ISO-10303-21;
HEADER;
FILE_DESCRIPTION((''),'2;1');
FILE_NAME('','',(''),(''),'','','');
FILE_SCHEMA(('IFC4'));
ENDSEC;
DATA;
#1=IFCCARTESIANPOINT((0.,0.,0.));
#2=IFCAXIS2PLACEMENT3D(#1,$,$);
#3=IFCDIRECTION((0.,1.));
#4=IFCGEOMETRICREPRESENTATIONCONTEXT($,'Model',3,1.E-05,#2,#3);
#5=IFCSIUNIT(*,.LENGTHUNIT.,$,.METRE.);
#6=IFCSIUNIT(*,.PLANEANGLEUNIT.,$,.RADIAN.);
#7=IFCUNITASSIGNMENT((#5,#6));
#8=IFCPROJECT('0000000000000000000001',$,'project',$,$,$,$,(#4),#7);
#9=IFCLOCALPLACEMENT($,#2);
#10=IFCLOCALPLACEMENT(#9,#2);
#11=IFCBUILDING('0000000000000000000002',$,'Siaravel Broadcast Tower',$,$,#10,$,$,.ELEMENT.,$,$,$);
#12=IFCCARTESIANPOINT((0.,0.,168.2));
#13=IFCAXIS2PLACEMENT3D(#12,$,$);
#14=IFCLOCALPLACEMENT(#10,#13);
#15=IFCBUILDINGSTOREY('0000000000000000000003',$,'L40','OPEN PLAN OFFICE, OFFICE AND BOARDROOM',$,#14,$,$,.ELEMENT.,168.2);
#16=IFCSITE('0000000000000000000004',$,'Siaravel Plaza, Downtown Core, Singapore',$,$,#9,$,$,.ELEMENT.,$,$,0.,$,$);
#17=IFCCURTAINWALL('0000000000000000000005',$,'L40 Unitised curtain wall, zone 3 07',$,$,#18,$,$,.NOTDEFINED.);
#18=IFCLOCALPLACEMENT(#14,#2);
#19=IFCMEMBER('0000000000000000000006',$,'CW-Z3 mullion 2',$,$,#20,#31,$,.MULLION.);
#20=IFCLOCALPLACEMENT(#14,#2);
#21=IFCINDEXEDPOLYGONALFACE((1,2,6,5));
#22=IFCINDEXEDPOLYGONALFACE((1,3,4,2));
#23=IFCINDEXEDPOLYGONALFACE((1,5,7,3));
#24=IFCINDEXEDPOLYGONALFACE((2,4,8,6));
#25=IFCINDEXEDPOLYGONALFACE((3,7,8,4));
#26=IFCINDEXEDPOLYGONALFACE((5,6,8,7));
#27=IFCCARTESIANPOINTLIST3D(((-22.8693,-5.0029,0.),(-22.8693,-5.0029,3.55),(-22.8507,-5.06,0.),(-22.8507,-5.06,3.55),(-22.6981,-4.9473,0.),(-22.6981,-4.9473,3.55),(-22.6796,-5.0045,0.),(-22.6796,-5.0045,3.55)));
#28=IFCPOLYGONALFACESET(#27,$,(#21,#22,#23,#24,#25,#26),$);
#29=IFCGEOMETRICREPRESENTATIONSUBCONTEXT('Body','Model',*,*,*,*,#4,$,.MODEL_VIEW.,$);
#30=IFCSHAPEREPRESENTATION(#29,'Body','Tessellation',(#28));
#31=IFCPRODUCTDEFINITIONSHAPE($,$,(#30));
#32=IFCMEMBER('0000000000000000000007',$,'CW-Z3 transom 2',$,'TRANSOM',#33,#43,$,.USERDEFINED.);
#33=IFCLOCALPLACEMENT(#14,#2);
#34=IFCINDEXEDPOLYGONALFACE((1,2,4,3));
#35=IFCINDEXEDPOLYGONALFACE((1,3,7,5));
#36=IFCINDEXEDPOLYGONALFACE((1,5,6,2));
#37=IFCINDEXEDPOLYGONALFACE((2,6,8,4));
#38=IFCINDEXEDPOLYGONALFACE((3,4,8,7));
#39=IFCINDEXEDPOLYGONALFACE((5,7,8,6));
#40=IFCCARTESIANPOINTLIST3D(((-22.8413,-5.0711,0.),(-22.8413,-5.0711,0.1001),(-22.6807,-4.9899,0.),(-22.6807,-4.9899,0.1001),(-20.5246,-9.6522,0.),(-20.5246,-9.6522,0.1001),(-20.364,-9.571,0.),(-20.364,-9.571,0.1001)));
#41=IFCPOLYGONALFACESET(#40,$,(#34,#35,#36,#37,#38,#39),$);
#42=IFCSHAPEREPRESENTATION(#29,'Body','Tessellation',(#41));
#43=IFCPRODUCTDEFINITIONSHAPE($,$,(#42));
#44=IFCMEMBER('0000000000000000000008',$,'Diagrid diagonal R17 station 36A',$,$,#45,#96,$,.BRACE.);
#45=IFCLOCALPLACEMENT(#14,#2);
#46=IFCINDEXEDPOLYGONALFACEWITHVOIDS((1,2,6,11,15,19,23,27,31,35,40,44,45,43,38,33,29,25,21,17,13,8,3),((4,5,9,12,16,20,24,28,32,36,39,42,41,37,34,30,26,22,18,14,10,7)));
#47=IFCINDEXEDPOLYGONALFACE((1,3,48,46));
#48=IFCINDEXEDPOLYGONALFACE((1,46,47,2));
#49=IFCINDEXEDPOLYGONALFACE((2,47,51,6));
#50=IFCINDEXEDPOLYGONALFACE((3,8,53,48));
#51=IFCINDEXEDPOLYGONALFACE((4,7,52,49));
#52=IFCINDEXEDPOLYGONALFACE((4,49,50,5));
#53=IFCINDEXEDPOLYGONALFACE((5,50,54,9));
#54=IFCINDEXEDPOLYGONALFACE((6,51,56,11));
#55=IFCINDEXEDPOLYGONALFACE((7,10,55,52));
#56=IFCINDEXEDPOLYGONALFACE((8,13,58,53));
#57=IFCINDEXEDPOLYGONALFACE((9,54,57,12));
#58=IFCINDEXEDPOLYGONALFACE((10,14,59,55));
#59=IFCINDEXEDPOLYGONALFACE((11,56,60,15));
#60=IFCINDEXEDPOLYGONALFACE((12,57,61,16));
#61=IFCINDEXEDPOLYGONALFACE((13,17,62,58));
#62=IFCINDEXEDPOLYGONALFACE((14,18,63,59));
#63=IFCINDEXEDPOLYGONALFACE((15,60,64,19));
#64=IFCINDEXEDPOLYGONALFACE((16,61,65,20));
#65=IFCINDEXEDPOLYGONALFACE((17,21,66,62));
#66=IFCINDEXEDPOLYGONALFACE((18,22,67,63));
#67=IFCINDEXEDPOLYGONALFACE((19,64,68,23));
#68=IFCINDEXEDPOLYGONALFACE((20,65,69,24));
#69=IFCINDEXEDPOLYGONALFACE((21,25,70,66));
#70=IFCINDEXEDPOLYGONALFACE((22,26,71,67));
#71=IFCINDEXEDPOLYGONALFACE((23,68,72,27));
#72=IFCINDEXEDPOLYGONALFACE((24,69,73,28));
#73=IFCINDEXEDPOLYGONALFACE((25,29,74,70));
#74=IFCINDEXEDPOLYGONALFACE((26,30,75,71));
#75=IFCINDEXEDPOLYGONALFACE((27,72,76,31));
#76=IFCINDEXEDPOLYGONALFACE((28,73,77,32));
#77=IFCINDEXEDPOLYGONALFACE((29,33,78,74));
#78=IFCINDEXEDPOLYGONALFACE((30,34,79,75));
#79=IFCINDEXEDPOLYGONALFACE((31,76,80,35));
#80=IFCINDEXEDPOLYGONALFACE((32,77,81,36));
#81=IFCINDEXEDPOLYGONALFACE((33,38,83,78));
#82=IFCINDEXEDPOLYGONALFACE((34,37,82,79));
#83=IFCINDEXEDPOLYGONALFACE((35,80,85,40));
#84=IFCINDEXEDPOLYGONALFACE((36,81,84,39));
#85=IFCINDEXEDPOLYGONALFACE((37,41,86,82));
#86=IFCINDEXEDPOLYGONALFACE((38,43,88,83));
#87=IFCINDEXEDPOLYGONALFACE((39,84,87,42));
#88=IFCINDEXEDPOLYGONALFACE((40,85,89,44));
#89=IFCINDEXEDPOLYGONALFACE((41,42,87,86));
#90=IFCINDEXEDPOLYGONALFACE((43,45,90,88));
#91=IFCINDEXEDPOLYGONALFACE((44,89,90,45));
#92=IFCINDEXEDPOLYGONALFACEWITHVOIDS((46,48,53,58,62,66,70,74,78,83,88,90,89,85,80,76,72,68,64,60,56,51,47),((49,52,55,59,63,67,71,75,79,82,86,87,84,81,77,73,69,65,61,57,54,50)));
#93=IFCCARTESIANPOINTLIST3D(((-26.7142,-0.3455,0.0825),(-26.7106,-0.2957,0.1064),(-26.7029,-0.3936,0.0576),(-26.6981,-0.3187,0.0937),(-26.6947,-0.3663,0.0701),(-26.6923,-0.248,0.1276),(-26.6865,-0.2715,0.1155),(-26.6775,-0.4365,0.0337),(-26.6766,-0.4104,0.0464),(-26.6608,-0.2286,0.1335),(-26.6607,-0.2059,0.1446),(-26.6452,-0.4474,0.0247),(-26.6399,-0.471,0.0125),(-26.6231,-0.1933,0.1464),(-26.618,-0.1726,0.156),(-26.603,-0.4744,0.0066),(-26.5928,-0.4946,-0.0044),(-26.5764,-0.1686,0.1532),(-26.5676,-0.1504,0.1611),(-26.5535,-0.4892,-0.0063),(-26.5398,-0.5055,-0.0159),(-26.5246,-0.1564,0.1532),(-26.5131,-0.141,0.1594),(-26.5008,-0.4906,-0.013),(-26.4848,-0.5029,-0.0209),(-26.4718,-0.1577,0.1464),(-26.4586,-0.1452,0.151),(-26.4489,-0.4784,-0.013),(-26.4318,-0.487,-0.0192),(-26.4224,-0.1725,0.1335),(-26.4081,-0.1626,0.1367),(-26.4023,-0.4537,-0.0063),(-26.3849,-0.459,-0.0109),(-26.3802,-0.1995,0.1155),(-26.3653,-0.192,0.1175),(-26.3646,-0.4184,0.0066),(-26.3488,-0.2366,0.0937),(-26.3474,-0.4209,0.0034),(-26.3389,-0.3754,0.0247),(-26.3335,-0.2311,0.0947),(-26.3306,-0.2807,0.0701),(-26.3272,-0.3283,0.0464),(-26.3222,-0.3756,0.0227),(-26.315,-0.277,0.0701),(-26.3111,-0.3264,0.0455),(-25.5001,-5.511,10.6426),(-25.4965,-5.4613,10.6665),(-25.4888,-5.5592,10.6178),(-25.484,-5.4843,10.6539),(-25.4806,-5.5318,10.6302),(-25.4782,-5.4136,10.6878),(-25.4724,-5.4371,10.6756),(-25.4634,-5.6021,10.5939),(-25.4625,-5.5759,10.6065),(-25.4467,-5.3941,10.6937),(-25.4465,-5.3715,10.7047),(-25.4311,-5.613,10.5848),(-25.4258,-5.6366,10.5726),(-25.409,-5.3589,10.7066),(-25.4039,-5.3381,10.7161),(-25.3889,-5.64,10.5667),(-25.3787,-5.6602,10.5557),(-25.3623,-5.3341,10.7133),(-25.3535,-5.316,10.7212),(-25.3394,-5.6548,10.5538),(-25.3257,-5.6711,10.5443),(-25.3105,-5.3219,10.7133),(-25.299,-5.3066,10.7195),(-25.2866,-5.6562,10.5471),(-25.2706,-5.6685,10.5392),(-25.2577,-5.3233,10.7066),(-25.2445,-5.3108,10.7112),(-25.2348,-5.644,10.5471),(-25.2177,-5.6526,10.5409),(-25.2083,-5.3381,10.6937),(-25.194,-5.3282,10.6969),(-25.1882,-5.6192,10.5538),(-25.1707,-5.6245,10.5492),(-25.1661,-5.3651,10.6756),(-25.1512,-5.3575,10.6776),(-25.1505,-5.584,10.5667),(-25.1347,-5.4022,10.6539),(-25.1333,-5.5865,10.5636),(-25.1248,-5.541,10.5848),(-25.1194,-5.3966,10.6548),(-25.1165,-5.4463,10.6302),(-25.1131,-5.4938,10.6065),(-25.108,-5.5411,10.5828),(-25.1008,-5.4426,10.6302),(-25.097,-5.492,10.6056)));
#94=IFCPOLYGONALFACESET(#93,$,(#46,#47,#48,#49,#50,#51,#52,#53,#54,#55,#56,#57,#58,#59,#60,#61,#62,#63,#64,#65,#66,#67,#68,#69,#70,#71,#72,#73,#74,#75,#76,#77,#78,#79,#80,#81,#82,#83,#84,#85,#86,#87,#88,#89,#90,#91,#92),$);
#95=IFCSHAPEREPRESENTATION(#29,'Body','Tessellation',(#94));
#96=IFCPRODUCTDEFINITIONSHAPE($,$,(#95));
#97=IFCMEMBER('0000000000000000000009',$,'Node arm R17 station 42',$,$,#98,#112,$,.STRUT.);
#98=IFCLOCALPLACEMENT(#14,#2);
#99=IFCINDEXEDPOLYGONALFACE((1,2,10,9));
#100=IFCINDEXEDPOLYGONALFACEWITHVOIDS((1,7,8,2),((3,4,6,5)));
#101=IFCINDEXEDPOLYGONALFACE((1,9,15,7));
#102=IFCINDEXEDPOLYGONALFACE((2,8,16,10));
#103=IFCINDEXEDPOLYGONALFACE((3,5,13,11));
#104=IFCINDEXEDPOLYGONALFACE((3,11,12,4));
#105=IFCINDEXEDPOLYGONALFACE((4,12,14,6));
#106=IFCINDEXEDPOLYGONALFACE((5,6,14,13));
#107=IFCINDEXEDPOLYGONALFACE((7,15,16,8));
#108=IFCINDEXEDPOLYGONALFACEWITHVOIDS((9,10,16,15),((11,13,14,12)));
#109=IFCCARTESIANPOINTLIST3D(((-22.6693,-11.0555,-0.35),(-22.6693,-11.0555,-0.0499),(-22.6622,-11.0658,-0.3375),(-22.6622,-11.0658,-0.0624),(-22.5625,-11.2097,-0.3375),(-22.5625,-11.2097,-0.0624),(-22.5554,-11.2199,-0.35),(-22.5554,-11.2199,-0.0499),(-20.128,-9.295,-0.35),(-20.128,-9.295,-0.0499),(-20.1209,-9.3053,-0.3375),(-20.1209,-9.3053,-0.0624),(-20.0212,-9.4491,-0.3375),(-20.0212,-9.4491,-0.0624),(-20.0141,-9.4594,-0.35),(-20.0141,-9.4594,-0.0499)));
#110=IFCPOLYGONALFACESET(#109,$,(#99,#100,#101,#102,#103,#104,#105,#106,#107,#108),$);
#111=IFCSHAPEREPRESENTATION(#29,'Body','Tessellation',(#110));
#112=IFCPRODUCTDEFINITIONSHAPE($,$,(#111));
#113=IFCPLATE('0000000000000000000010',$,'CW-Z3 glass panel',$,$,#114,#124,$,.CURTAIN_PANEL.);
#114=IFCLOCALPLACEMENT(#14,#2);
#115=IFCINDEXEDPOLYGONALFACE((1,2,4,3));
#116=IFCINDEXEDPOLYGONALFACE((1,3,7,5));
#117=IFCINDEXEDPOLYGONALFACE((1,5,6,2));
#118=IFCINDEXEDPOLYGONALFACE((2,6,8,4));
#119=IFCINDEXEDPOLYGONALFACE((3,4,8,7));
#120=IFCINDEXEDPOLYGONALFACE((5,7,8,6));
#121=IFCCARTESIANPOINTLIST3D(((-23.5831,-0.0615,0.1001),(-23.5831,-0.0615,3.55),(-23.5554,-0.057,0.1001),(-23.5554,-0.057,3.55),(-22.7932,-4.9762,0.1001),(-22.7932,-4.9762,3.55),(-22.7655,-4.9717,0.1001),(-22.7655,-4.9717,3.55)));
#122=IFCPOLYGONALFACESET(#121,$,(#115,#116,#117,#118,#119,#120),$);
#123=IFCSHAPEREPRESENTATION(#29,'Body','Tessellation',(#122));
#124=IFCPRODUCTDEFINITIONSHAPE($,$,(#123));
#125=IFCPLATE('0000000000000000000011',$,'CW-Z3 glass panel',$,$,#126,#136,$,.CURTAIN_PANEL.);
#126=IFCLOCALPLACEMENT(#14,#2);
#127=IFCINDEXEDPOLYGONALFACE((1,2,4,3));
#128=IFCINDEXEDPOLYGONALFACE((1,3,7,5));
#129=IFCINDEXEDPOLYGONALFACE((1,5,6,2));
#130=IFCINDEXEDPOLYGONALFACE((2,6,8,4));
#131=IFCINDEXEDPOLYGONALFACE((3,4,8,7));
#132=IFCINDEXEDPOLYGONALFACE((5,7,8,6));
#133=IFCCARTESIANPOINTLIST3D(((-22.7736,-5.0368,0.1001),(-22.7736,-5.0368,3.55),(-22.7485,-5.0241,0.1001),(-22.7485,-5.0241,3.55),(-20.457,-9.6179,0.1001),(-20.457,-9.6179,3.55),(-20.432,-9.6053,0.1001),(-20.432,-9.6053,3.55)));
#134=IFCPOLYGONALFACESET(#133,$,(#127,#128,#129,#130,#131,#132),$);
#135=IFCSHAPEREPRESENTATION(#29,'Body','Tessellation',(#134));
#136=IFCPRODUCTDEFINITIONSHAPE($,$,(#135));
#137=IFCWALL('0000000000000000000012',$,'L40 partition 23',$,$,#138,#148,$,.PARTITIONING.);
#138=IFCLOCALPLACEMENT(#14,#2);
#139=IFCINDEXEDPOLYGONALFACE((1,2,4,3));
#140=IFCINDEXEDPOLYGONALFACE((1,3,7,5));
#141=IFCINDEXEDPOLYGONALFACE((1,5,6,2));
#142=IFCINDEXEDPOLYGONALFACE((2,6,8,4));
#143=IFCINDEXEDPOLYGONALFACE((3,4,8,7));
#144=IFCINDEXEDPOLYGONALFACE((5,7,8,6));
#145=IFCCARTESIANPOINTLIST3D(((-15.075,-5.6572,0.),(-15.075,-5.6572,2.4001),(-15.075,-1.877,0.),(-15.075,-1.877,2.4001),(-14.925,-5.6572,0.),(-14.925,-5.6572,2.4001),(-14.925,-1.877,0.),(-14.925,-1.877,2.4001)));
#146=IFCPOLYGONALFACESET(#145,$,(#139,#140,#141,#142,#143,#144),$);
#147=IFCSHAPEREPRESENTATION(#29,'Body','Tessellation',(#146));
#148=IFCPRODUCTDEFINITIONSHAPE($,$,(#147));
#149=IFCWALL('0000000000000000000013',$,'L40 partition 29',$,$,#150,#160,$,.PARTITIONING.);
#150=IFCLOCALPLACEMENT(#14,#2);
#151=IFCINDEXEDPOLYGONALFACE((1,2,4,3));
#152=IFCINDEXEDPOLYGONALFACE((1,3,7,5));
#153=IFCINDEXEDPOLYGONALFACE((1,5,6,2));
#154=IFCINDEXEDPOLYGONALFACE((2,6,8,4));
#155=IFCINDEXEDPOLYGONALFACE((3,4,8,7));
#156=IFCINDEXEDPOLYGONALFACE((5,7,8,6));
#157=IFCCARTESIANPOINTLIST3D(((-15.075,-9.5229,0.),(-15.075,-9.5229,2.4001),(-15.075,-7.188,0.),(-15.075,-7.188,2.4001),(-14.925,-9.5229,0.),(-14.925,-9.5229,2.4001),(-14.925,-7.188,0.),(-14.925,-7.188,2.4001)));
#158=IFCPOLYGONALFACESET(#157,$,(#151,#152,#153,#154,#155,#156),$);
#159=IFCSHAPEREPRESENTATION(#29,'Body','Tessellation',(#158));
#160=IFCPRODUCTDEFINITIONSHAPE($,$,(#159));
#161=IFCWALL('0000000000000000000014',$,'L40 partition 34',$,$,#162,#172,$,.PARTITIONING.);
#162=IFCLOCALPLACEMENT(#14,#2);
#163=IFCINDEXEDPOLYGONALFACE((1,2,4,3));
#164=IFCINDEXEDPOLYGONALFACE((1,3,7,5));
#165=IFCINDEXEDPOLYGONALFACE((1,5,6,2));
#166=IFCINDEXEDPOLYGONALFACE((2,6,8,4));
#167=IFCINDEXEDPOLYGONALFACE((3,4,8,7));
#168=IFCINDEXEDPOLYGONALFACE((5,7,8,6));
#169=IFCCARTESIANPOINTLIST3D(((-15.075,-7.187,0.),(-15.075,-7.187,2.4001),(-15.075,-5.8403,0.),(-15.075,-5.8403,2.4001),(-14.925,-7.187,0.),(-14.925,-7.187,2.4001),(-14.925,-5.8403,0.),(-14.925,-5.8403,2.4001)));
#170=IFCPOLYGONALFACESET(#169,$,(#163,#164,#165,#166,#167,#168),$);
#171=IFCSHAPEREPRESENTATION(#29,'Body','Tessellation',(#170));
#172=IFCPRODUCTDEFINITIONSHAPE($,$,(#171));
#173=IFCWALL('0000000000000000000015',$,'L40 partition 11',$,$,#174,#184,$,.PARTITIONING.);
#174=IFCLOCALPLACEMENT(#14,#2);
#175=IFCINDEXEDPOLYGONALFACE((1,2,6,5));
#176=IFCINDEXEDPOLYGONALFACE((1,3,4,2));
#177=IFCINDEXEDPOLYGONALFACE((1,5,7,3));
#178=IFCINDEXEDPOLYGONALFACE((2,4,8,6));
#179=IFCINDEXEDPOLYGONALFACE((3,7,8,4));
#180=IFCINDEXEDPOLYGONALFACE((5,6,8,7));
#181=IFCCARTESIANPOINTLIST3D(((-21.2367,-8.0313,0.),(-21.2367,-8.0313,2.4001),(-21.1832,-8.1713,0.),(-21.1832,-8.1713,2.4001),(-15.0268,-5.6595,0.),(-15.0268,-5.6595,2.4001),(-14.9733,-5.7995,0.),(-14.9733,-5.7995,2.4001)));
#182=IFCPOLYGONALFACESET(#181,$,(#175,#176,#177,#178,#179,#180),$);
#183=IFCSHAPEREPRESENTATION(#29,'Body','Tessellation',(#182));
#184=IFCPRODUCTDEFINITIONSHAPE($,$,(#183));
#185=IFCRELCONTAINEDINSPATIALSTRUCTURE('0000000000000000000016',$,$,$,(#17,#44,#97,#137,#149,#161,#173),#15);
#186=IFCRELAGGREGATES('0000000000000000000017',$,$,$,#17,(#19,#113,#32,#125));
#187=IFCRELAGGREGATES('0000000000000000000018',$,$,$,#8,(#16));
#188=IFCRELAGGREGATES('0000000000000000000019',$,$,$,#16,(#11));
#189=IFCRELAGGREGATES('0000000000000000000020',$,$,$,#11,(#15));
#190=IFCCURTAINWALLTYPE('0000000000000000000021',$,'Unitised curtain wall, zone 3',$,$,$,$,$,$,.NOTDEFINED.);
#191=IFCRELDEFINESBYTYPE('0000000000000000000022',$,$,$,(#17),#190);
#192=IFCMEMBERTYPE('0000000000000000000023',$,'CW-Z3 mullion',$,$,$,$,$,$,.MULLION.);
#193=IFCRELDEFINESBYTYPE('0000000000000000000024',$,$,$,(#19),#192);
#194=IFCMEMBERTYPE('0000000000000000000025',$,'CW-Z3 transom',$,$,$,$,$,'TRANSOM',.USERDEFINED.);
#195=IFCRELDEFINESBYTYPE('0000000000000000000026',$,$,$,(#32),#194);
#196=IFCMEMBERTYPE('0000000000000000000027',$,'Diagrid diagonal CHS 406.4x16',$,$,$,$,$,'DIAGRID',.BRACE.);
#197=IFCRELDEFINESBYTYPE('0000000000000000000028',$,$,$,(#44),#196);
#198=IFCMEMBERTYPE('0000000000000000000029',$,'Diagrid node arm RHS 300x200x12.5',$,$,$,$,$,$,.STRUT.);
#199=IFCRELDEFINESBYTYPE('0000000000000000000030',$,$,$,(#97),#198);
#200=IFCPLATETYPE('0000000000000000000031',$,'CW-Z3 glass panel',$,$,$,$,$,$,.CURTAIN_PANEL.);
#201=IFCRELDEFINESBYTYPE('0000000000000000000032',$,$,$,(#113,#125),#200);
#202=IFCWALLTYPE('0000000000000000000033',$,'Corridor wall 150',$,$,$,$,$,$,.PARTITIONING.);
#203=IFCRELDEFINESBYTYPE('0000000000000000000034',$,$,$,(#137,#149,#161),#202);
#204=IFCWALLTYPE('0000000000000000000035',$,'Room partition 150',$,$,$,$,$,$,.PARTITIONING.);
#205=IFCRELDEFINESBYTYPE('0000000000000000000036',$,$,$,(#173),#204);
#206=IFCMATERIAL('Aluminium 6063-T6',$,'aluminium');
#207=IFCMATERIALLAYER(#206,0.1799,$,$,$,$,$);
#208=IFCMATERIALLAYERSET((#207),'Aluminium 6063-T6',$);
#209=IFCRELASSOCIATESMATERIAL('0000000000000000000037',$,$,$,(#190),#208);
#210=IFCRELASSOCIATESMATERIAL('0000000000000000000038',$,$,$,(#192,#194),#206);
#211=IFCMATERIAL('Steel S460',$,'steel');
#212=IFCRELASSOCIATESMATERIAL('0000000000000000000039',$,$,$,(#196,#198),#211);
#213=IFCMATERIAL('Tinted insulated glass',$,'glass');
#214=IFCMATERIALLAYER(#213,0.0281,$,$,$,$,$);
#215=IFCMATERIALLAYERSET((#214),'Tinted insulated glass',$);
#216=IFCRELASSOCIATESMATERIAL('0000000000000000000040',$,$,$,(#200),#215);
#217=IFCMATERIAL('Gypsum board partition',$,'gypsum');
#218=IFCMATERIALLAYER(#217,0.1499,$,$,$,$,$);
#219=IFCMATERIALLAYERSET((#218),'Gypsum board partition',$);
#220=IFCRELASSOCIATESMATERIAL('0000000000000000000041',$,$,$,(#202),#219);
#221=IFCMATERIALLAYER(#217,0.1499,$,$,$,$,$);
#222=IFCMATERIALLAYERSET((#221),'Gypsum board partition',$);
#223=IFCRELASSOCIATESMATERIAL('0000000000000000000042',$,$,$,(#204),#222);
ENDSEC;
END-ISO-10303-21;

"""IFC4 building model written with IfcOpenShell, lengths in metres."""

from ifc_helpers import new_model, si_unit, direction, frame, frame_2d, origin, origin_2d, place, context, subcontext, project, spatial, rectangle, hollow_rectangle, hollow_circle, extrude, material, layer, layer_set, material_profile, profile_set, type_object, element, aggregate, save


model = new_model("IFC4")

# Units and contexts
model_context = context("Model", 3, precision=1e-05, world=origin(), true_north=direction((0.0, 1.0)))
body_context = subcontext(model_context, "Body", "Model", "MODEL_VIEW")
ifc_project = project(units=[si_unit("LENGTHUNIT", "METRE"), si_unit("PLANEANGLEUNIT", "RADIAN")], contexts=[model_context])

# Site, building, storey
site_placement = place(None, origin())
site = spatial("IfcSite", under=ifc_project, at=site_placement, Name="Siaravel Plaza, Downtown Core, Singapore", CompositionType="ELEMENT", RefElevation=0.0)
building_placement = place(site_placement, origin())
building = spatial("IfcBuilding", under=site, at=building_placement, Name="Siaravel Broadcast Tower", CompositionType="ELEMENT")
storey_placement = place(building_placement, frame((0.0, 0.0, 168.2)))
storey = spatial("IfcBuildingStorey", under=building, at=storey_placement, Name="L40", Description="OPEN PLAN OFFICE, OFFICE AND BOARDROOM", CompositionType="ELEMENT", Elevation=168.2)

# Curtain wall, members
ifc_material_1 = material(Name="Aluminium 6063-T6", Category="aluminium")
ifc_layer_1 = layer(ifc_material_1, 0.1799)
ifc_layer_set_1 = layer_set([ifc_layer_1], Name="Aluminium 6063-T6")
curtain_wall_type = type_object("IfcCurtainWallType", Name="Unitised curtain wall, zone 3", PredefinedType="NOTDEFINED", material=ifc_layer_set_1)
curtain_wall_placement = place(storey_placement, origin())
curtain_wall = element("IfcCurtainWall", 1, at=curtain_wall_placement, inside=storey, type_object=curtain_wall_type, Name="L40 Unitised curtain wall, zone 3 07", PredefinedType="NOTDEFINED")
ifc_material_profile_1 = material_profile(ifc_material_1, rectangle(XDim=0.1799, YDim=0.0601, at=origin_2d()))
ifc_profile_set_1 = profile_set([ifc_material_profile_1], Name="Aluminium 6063-T6")
member_type_1 = type_object("IfcMemberType", Name="CW-Z3 mullion", PredefinedType="MULLION", material=ifc_profile_set_1)
member_1_placement = place(storey_placement, frame((-22.7744, -5.0037, 0.0), z_axis=(0.0, 0.0, 1.0), x_axis=(0.951177, 0.308646, 0.0)))
member_1 = element("IfcMember", 2, at=member_1_placement, type_object=member_type_1, Name="CW-Z3 mullion 2", PredefinedType="MULLION", context=body_context, shape_type="SweptSolid", body=[
    extrude(rectangle(XDim=0.1799, YDim=0.0601, at=origin_2d()), origin(), (0.0, 0.0, 1.0), 3.55),
])
ifc_material_profile_2 = material_profile(ifc_material_1, rectangle(XDim=0.1799, YDim=0.1001, at=origin_2d()))
ifc_profile_set_2 = profile_set([ifc_material_profile_2], Name="Aluminium 6063-T6")
member_type_2 = type_object("IfcMemberType", Name="CW-Z3 transom", ElementType="TRANSOM", PredefinedType="USERDEFINED", material=ifc_profile_set_2)
member_2_placement = place(storey_placement, frame((-22.761, -5.0305, 0.05), z_axis=(0.45128, -0.892382, 0.0), x_axis=(0.892382, 0.45128, 0.0)))
member_2 = element("IfcMember", 3, at=member_2_placement, type_object=member_type_2, Name="CW-Z3 transom 2", ObjectType="TRANSOM", PredefinedType="USERDEFINED", context=body_context, shape_type="SweptSolid", body=[
    extrude(rectangle(XDim=0.1799, YDim=0.1001, at=origin_2d()), origin(), (0.0, 0.0, 1.0), 5.1335),
])

# Members
ifc_material_2 = material(Name="Steel S460", Category="steel")
ifc_material_profile_3 = material_profile(ifc_material_2, hollow_circle(Radius=0.2031, WallThickness=0.0161, at=origin_2d()))
ifc_profile_set_3 = profile_set([ifc_material_profile_3], Name="Steel S460")
member_type_3 = type_object("IfcMemberType", Name="Diagrid diagonal CHS 406.4x16", ElementType="DIAGRID", PredefinedType="BRACE", material=ifc_profile_set_3)
member_3_placement = place(storey_placement, frame((-26.5127, -0.3235, 0.0701), z_axis=(0.102732, -0.43708, 0.893537), x_axis=(0.973472, 0.228806, 0.0)))
element("IfcMember", 4, at=member_3_placement, inside=storey, type_object=member_type_3, Name="Diagrid diagonal R17 station 36A", PredefinedType="BRACE", context=body_context, shape_type="SweptSolid", body=[
    extrude(hollow_circle(Radius=0.2031, WallThickness=0.0161, at=origin_2d()), origin(), (0.0, 0.0, 1.0), 11.8184),
])
ifc_material_profile_4 = material_profile(ifc_material_2, hollow_rectangle(XDim=0.2, YDim=0.3, WallThickness=0.0125, at=origin_2d()))
ifc_profile_set_4 = profile_set([ifc_material_profile_4], Name="Steel S460")
member_type_4 = type_object("IfcMemberType", Name="Diagrid node arm RHS 300x200x12.5", PredefinedType="STRUT", material=ifc_profile_set_4)
member_4_placement = place(storey_placement, frame((-20.071, -9.3772, -0.2), z_axis=(-0.822016, -0.569465, 0.0), x_axis=(0.569465, -0.822016, 0.0)))
element("IfcMember", 5, at=member_4_placement, inside=storey, type_object=member_type_4, Name="Node arm R17 station 42", PredefinedType="STRUT", context=body_context, shape_type="SweptSolid", body=[
    extrude(hollow_rectangle(XDim=0.2, YDim=0.3, WallThickness=0.0125, at=origin_2d()), origin(), (0.0, 0.0, 1.0), 3.0916),
])

# Plates
ifc_material_3 = material(Name="Tinted insulated glass", Category="glass")
ifc_layer_2 = layer(ifc_material_3, 0.0281)
ifc_layer_set_2 = layer_set([ifc_layer_2], Name="Tinted insulated glass")
plate_type = type_object("IfcPlateType", Name="CW-Z3 glass panel", PredefinedType="CURTAIN_PANEL", material=ifc_layer_set_2)
plate_1_placement = place(storey_placement, frame((-23.1743, -2.5166, 0.1001), z_axis=(0.0, 0.0, 1.0), x_axis=(0.158686, -0.987329, 0.0)))
plate_1 = element("IfcPlate", 6, at=plate_1_placement, type_object=plate_type, Name="CW-Z3 glass panel", PredefinedType="CURTAIN_PANEL", context=body_context, shape_type="SweptSolid", body=[
    extrude(rectangle(XDim=4.9778, YDim=0.0281, at=origin_2d()), origin(), (0.0, 0.0, 1.0), 3.45),
])
plate_2_placement = place(storey_placement, frame((-21.6028, -7.321, 0.1001), z_axis=(0.0, 0.0, 1.0), x_axis=(0.451261, -0.892392, 0.0)))
plate_2 = element("IfcPlate", 7, at=plate_2_placement, type_object=plate_type, Name="CW-Z3 glass panel", PredefinedType="CURTAIN_PANEL", context=body_context, shape_type="SweptSolid", body=[
    extrude(rectangle(XDim=5.1335, YDim=0.0281, at=origin_2d()), origin(), (0.0, 0.0, 1.0), 3.45),
])
aggregate(curtain_wall, [member_1, plate_1, member_2, plate_2])

# Shared definitions
ifc_material_4 = material(Name="Gypsum board partition", Category="gypsum")
ifc_layer_3 = layer(ifc_material_4, 0.1499)
ifc_layer_set_3 = layer_set([ifc_layer_3], Name="Gypsum board partition")
wall_type_1 = type_object("IfcWallType", Name="Corridor wall 150", PredefinedType="PARTITIONING", material=ifc_layer_set_3)

# Wall
wall_1_placement = place(storey_placement, frame((-15.0, -1.877, 0.0), z_axis=(0.0, 0.0, 1.0), x_axis=(0.0, -1.0, 0.0)))
element("IfcWall", 8, at=wall_1_placement, inside=storey, type_object=wall_type_1, Name="L40 partition 23", PredefinedType="PARTITIONING", context=body_context, shape_type="SweptSolid", body=[
    extrude(rectangle(XDim=3.7803, YDim=0.1499, at=frame_2d((1.8901, 0.0))), origin(), (0.0, 0.0, 1.0), 2.4001),
])

# Walls
wall_2_placement = place(storey_placement, frame((-15.0, -7.188, 0.0), z_axis=(0.0, 0.0, 1.0), x_axis=(0.0, -1.0, 0.0)))
element("IfcWall", 9, at=wall_2_placement, inside=storey, type_object=wall_type_1, Name="L40 partition 29", PredefinedType="PARTITIONING", context=body_context, shape_type="SweptSolid", body=[
    extrude(rectangle(XDim=2.335, YDim=0.1499, at=frame_2d((1.1675, 0.0))), origin(), (0.0, 0.0, 1.0), 2.4001),
])
wall_3_placement = place(storey_placement, frame((-15.0, -5.8403, 0.0), z_axis=(0.0, 0.0, 1.0), x_axis=(0.0, -1.0, 0.0)))
element("IfcWall", 10, at=wall_3_placement, inside=storey, type_object=wall_type_1, Name="L40 partition 34", PredefinedType="PARTITIONING", context=body_context, shape_type="SweptSolid", body=[
    extrude(rectangle(XDim=1.3467, YDim=0.1499, at=frame_2d((0.6733, 0.0))), origin(), (0.0, 0.0, 1.0), 2.4001),
])
ifc_layer_4 = layer(ifc_material_4, 0.1499)
ifc_layer_set_4 = layer_set([ifc_layer_4], Name="Gypsum board partition")
wall_type_2 = type_object("IfcWallType", Name="Room partition 150", PredefinedType="PARTITIONING", material=ifc_layer_set_4)
wall_4_placement = place(storey_placement, frame((-21.21, -8.1013, 0.0), z_axis=(0.0, 0.0, 1.0), x_axis=(0.934181, 0.3568, 0.0)))
element("IfcWall", 11, at=wall_4_placement, inside=storey, type_object=wall_type_2, Name="L40 partition 11", PredefinedType="PARTITIONING", context=body_context, shape_type="SweptSolid", body=[
    extrude(rectangle(XDim=6.6475, YDim=0.1499, at=frame_2d((3.3237, 0.0))), origin(), (0.0, 0.0, 1.0), 2.4001),
])

save(model, "model.ifc")
